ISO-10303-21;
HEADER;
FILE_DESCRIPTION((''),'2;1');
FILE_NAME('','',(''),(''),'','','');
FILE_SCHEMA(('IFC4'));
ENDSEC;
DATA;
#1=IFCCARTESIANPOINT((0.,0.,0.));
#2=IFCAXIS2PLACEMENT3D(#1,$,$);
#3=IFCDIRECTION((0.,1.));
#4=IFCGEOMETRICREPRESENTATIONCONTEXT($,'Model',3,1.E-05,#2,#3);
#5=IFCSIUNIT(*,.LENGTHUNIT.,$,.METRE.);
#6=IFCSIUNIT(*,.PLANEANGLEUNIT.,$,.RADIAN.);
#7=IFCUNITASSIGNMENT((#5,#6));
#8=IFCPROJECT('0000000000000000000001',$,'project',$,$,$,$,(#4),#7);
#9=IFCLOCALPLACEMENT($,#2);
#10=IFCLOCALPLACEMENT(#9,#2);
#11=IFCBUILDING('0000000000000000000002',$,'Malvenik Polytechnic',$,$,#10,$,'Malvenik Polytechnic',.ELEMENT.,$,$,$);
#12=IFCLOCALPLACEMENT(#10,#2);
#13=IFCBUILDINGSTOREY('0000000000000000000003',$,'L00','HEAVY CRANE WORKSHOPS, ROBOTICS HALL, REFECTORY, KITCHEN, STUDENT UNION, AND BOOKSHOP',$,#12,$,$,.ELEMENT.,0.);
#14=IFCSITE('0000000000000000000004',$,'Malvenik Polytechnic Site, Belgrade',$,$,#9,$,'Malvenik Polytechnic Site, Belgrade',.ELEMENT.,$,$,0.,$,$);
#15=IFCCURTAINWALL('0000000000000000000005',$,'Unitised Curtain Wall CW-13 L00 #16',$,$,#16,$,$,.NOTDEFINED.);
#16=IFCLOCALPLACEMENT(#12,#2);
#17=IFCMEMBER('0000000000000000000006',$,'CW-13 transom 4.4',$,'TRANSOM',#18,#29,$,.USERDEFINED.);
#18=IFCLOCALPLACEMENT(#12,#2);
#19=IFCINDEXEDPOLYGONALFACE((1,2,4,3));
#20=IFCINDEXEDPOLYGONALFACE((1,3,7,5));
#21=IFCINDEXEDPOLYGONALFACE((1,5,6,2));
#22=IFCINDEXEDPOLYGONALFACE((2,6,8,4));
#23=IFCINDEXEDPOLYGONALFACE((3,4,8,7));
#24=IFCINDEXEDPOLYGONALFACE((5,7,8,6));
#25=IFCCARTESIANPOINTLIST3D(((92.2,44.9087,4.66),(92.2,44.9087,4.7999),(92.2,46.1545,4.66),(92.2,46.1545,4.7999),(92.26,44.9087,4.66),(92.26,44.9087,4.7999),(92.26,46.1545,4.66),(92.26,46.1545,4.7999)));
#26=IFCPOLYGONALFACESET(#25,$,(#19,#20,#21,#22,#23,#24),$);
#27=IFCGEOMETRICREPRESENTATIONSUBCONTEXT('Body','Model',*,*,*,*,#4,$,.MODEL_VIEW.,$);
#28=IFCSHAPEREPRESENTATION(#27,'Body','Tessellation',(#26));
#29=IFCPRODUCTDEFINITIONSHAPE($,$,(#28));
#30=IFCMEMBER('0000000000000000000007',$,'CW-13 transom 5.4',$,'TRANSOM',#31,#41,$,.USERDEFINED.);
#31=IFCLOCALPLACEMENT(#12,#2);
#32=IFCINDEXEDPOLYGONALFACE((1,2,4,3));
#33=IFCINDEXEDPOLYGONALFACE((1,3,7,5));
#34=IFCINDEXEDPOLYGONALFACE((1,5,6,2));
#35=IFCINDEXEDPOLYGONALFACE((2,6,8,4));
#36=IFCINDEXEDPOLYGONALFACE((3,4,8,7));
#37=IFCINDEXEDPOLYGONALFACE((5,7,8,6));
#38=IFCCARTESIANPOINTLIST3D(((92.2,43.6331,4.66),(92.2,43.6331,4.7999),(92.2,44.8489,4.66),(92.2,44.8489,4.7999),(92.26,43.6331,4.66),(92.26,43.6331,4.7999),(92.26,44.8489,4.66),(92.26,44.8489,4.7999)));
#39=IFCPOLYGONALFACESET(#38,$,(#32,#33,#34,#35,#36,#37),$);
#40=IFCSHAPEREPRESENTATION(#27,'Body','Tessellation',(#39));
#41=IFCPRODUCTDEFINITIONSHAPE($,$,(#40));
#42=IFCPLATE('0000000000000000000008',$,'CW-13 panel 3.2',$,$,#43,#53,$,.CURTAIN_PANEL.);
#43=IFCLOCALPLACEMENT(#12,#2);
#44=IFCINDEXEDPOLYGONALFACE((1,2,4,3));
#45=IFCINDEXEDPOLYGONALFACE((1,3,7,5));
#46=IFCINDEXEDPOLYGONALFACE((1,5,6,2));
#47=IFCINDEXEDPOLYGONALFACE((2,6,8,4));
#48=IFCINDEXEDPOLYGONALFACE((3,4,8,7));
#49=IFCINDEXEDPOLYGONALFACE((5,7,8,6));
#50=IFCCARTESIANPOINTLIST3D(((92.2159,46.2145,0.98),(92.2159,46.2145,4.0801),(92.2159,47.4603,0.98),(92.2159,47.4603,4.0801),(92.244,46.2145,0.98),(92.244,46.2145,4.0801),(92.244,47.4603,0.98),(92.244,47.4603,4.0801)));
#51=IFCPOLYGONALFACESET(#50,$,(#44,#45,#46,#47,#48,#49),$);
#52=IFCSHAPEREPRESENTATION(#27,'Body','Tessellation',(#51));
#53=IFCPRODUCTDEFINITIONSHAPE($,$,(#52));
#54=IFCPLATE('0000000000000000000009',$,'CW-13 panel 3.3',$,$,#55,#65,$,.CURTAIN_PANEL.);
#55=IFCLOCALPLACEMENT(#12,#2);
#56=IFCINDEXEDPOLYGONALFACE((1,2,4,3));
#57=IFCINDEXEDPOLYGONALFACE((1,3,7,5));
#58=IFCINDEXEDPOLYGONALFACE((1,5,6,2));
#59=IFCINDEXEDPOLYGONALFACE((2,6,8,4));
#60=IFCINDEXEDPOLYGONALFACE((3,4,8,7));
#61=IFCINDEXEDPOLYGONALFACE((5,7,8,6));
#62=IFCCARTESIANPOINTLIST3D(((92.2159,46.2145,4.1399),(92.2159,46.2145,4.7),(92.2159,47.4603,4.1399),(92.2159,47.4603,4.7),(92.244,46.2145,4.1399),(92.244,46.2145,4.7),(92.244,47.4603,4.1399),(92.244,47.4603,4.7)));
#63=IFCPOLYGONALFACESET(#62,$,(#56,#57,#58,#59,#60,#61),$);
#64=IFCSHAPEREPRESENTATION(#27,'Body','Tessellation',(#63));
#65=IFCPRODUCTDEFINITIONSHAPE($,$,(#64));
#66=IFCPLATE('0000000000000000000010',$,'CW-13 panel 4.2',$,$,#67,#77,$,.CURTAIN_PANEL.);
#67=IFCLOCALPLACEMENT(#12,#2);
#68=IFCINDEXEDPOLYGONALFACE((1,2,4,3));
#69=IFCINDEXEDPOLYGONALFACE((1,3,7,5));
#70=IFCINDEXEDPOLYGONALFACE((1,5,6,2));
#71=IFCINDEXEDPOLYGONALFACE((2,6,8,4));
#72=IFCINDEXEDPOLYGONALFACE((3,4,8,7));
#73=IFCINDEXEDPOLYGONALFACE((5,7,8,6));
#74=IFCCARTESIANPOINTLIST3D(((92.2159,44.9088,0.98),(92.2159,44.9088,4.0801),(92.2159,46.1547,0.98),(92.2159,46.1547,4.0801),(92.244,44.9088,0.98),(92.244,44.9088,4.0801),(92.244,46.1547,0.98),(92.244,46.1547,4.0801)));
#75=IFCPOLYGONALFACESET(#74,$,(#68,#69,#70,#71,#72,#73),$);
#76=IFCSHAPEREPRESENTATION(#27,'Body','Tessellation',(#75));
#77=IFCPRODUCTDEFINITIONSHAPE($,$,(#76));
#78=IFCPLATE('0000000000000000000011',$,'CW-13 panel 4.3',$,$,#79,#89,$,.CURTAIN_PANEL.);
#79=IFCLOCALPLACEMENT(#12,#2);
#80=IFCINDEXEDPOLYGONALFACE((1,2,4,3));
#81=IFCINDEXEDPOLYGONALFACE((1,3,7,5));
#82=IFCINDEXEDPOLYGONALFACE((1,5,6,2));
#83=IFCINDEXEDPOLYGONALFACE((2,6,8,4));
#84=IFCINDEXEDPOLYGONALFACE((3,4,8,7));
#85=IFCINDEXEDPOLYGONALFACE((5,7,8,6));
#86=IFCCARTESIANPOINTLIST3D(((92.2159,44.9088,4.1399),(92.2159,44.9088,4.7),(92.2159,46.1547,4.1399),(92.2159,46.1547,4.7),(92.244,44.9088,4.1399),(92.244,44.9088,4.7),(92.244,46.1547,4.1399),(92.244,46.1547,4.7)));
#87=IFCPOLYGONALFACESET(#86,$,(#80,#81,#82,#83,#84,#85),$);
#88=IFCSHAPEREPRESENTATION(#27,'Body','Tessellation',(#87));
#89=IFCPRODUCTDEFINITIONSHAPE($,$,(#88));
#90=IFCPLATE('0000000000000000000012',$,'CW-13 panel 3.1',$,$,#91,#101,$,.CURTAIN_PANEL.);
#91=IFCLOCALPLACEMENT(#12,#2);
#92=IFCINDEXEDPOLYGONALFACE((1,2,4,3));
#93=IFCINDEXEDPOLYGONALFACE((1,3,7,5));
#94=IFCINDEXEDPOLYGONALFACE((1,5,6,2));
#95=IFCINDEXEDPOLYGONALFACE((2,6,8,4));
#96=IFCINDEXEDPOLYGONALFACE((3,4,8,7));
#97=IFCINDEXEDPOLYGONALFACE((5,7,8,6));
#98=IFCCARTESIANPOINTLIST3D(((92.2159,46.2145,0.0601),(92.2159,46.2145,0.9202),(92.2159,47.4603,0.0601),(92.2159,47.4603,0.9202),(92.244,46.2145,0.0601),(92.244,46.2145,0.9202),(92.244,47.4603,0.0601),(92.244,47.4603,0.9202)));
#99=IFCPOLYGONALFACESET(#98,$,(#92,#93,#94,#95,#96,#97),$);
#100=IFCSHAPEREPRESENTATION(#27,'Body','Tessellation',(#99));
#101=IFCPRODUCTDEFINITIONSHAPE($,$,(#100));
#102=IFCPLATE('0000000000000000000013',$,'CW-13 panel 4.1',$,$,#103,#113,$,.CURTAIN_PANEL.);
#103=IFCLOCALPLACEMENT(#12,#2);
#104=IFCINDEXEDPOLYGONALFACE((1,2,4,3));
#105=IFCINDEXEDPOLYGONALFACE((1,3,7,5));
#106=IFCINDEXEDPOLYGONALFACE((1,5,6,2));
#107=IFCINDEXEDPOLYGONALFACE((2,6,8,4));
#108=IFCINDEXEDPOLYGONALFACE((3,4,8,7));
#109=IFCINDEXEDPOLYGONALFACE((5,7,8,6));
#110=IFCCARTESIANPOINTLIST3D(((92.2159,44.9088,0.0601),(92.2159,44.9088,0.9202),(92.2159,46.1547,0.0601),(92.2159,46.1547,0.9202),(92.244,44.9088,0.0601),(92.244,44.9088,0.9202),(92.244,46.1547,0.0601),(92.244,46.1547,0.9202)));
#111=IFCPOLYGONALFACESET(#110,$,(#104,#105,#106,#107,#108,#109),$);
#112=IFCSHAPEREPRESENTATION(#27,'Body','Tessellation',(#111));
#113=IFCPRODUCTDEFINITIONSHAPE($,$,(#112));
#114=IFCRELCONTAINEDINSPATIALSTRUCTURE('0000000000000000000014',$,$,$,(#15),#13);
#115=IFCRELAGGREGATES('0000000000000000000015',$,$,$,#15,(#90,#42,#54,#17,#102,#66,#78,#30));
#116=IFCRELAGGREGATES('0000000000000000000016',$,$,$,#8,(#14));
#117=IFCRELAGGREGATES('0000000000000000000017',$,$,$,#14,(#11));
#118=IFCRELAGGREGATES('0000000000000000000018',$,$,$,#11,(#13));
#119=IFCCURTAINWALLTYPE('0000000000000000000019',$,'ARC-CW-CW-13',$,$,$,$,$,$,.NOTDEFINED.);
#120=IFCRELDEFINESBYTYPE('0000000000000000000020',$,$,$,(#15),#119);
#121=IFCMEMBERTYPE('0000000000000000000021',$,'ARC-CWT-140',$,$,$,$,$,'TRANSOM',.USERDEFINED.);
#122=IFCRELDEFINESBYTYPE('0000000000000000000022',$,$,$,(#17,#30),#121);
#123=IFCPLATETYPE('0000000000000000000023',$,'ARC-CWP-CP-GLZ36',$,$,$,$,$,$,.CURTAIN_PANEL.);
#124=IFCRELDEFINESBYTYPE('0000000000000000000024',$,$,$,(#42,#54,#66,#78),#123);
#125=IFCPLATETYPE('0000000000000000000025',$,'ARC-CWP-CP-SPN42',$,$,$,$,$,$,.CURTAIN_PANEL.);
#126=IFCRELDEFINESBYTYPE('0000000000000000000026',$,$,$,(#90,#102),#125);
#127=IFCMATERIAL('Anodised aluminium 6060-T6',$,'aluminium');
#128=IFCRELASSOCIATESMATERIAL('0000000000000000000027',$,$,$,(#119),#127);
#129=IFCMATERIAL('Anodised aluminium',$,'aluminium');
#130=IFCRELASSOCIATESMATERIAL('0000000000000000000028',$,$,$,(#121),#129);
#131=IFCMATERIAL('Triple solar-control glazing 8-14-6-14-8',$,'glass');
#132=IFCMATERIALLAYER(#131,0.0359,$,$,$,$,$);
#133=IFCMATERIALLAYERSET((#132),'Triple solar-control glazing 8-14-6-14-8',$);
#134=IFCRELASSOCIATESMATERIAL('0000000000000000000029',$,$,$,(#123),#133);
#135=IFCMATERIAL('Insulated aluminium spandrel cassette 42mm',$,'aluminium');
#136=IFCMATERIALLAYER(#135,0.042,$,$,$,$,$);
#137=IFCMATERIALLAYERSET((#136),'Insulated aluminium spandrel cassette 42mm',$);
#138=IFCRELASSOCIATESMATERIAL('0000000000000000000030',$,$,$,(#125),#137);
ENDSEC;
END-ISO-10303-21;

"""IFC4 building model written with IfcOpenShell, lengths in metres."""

from ifc_helpers import new_model, si_unit, direction, frame, origin, origin_2d, place, context, subcontext, project, spatial, rectangle, extrude, material, layer, layer_set, material_profile, profile_set, type_object, element, aggregate, save


model = new_model("IFC4")

# Units and contexts
model_context = context("Model", 3, precision=1e-05, world=origin(), true_north=direction((0.0, 1.0)))
body_context = subcontext(model_context, "Body", "Model", "MODEL_VIEW")
ifc_project = project(units=[si_unit("LENGTHUNIT", "METRE"), si_unit("PLANEANGLEUNIT", "RADIAN")], contexts=[model_context])

# Site, building, storey
site_placement = place(None, origin())
site = spatial("IfcSite", under=ifc_project, at=site_placement, Name="Malvenik Polytechnic Site, Belgrade", LongName="Malvenik Polytechnic Site, Belgrade", CompositionType="ELEMENT", RefElevation=0.0)
building_placement = place(site_placement, origin())
building = spatial("IfcBuilding", under=site, at=building_placement, Name="Malvenik Polytechnic", LongName="Malvenik Polytechnic", CompositionType="ELEMENT")
storey_placement = place(building_placement, origin())
storey = spatial("IfcBuildingStorey", under=building, at=storey_placement, Name="L00", Description="HEAVY CRANE WORKSHOPS, ROBOTICS HALL, REFECTORY, KITCHEN, STUDENT UNION, AND BOOKSHOP", CompositionType="ELEMENT", Elevation=0.0)

# Curtain wall, members, plates
ifc_material_1 = material(Name="Anodised aluminium 6060-T6", Category="aluminium")
curtain_wall_type = type_object("IfcCurtainWallType", Name="ARC-CW-CW-13", PredefinedType="NOTDEFINED", material=ifc_material_1)
curtain_wall_placement = place(storey_placement, origin())
curtain_wall = element("IfcCurtainWall", 1, at=curtain_wall_placement, inside=storey, type_object=curtain_wall_type, Name="Unitised Curtain Wall CW-13 L00 #16", PredefinedType="NOTDEFINED")
ifc_material_2 = material(Name="Anodised aluminium", Category="aluminium")
ifc_material_profile_1 = material_profile(ifc_material_2, rectangle(XDim=0.0601, YDim=0.1399, at=origin_2d()), Name="ALU TRANSOM 60x140")
ifc_profile_set_1 = profile_set([ifc_material_profile_1], Name="Anodised aluminium")
member_type_1 = type_object("IfcMemberType", Name="ARC-CWT-140", ElementType="TRANSOM", PredefinedType="USERDEFINED", material=ifc_profile_set_1)
member_1_placement = place(storey_placement, frame((92.23, 46.1545, 4.73), z_axis=(0.0, -1.0, 0.0), x_axis=(1.0, 0.0, 0.0)))
member_1 = element("IfcMember", 2, at=member_1_placement, type_object=member_type_1, Name="CW-13 transom 4.4", ObjectType="TRANSOM", PredefinedType="USERDEFINED", context=body_context, shape_type="SweptSolid", body=[
    extrude(rectangle(XDim=0.0601, YDim=0.1399, at=origin_2d()), origin(), (0.0, 0.0, 1.0), 1.2458),
])
member_2_placement = place(storey_placement, frame((92.23, 44.8489, 4.73), z_axis=(0.0, -1.0, 0.0), x_axis=(1.0, 0.0, 0.0)))
member_2 = element("IfcMember", 3, at=member_2_placement, type_object=member_type_1, Name="CW-13 transom 5.4", ObjectType="TRANSOM", PredefinedType="USERDEFINED", context=body_context, shape_type="SweptSolid", body=[
    extrude(rectangle(XDim=0.0601, YDim=0.1399, at=origin_2d()), origin(), (0.0, 0.0, 1.0), 1.2158),
])
ifc_material_3 = material(Name="Triple solar-control glazing 8-14-6-14-8", Category="glass")
ifc_layer_1 = layer(ifc_material_3, 0.0359)
ifc_layer_set_1 = layer_set([ifc_layer_1], Name="Triple solar-control glazing 8-14-6-14-8")
plate_type_1 = type_object("IfcPlateType", Name="ARC-CWP-CP-GLZ36", PredefinedType="CURTAIN_PANEL", material=ifc_layer_set_1)
plate_1_placement = place(storey_placement, frame((92.23, 46.8374, 0.98), z_axis=(0.0, 0.0, 1.0), x_axis=(0.0, -1.0, 0.0)))
plate_1 = element("IfcPlate", 4, at=plate_1_placement, type_object=plate_type_1, Name="CW-13 panel 3.2", PredefinedType="CURTAIN_PANEL", context=body_context, shape_type="SweptSolid", body=[
    extrude(rectangle(XDim=1.2458, YDim=0.0281, at=origin_2d()), origin(), (0.0, 0.0, 1.0), 3.1001),
])
plate_2_placement = place(storey_placement, frame((92.23, 46.8374, 4.1399), z_axis=(0.0, 0.0, 1.0), x_axis=(0.0, -1.0, 0.0)))
plate_2 = element("IfcPlate", 5, at=plate_2_placement, type_object=plate_type_1, Name="CW-13 panel 3.3", PredefinedType="CURTAIN_PANEL", context=body_context, shape_type="SweptSolid", body=[
    extrude(rectangle(XDim=1.2458, YDim=0.0281, at=origin_2d()), origin(), (0.0, 0.0, 1.0), 0.5601),
])
plate_3_placement = place(storey_placement, frame((92.23, 45.5317, 0.98), z_axis=(0.0, 0.0, 1.0), x_axis=(0.0, -1.0, 0.0)))
plate_3 = element("IfcPlate", 6, at=plate_3_placement, type_object=plate_type_1, Name="CW-13 panel 4.2", PredefinedType="CURTAIN_PANEL", context=body_context, shape_type="SweptSolid", body=[
    extrude(rectangle(XDim=1.2458, YDim=0.0281, at=origin_2d()), origin(), (0.0, 0.0, 1.0), 3.1001),
])
plate_4_placement = place(storey_placement, frame((92.23, 45.5317, 4.1399), z_axis=(0.0, 0.0, 1.0), x_axis=(0.0, -1.0, 0.0)))
plate_4 = element("IfcPlate", 7, at=plate_4_placement, type_object=plate_type_1, Name="CW-13 panel 4.3", PredefinedType="CURTAIN_PANEL", context=body_context, shape_type="SweptSolid", body=[
    extrude(rectangle(XDim=1.2458, YDim=0.0281, at=origin_2d()), origin(), (0.0, 0.0, 1.0), 0.5601),
])
ifc_material_4 = material(Name="Insulated aluminium spandrel cassette 42mm", Category="aluminium")
ifc_layer_2 = layer(ifc_material_4, 0.042)
ifc_layer_set_2 = layer_set([ifc_layer_2], Name="Insulated aluminium spandrel cassette 42mm")
plate_type_2 = type_object("IfcPlateType", Name="ARC-CWP-CP-SPN42", PredefinedType="CURTAIN_PANEL", material=ifc_layer_set_2)
plate_5_placement = place(storey_placement, frame((92.23, 46.8374, 0.0601), z_axis=(0.0, 0.0, 1.0), x_axis=(0.0, -1.0, 0.0)))
plate_5 = element("IfcPlate", 8, at=plate_5_placement, type_object=plate_type_2, Name="CW-13 panel 3.1", PredefinedType="CURTAIN_PANEL", context=body_context, shape_type="SweptSolid", body=[
    extrude(rectangle(XDim=1.2458, YDim=0.0281, at=origin_2d()), origin(), (0.0, 0.0, 1.0), 0.8601),
])
plate_6_placement = place(storey_placement, frame((92.23, 45.5317, 0.0601), z_axis=(0.0, 0.0, 1.0), x_axis=(0.0, -1.0, 0.0)))
plate_6 = element("IfcPlate", 9, at=plate_6_placement, type_object=plate_type_2, Name="CW-13 panel 4.1", PredefinedType="CURTAIN_PANEL", context=body_context, shape_type="SweptSolid", body=[
    extrude(rectangle(XDim=1.2458, YDim=0.0281, at=origin_2d()), origin(), (0.0, 0.0, 1.0), 0.8601),
])
aggregate(curtain_wall, [plate_5, plate_1, plate_2, member_1, plate_6, plate_3, plate_4, member_2])

save(model, "model.ifc")
